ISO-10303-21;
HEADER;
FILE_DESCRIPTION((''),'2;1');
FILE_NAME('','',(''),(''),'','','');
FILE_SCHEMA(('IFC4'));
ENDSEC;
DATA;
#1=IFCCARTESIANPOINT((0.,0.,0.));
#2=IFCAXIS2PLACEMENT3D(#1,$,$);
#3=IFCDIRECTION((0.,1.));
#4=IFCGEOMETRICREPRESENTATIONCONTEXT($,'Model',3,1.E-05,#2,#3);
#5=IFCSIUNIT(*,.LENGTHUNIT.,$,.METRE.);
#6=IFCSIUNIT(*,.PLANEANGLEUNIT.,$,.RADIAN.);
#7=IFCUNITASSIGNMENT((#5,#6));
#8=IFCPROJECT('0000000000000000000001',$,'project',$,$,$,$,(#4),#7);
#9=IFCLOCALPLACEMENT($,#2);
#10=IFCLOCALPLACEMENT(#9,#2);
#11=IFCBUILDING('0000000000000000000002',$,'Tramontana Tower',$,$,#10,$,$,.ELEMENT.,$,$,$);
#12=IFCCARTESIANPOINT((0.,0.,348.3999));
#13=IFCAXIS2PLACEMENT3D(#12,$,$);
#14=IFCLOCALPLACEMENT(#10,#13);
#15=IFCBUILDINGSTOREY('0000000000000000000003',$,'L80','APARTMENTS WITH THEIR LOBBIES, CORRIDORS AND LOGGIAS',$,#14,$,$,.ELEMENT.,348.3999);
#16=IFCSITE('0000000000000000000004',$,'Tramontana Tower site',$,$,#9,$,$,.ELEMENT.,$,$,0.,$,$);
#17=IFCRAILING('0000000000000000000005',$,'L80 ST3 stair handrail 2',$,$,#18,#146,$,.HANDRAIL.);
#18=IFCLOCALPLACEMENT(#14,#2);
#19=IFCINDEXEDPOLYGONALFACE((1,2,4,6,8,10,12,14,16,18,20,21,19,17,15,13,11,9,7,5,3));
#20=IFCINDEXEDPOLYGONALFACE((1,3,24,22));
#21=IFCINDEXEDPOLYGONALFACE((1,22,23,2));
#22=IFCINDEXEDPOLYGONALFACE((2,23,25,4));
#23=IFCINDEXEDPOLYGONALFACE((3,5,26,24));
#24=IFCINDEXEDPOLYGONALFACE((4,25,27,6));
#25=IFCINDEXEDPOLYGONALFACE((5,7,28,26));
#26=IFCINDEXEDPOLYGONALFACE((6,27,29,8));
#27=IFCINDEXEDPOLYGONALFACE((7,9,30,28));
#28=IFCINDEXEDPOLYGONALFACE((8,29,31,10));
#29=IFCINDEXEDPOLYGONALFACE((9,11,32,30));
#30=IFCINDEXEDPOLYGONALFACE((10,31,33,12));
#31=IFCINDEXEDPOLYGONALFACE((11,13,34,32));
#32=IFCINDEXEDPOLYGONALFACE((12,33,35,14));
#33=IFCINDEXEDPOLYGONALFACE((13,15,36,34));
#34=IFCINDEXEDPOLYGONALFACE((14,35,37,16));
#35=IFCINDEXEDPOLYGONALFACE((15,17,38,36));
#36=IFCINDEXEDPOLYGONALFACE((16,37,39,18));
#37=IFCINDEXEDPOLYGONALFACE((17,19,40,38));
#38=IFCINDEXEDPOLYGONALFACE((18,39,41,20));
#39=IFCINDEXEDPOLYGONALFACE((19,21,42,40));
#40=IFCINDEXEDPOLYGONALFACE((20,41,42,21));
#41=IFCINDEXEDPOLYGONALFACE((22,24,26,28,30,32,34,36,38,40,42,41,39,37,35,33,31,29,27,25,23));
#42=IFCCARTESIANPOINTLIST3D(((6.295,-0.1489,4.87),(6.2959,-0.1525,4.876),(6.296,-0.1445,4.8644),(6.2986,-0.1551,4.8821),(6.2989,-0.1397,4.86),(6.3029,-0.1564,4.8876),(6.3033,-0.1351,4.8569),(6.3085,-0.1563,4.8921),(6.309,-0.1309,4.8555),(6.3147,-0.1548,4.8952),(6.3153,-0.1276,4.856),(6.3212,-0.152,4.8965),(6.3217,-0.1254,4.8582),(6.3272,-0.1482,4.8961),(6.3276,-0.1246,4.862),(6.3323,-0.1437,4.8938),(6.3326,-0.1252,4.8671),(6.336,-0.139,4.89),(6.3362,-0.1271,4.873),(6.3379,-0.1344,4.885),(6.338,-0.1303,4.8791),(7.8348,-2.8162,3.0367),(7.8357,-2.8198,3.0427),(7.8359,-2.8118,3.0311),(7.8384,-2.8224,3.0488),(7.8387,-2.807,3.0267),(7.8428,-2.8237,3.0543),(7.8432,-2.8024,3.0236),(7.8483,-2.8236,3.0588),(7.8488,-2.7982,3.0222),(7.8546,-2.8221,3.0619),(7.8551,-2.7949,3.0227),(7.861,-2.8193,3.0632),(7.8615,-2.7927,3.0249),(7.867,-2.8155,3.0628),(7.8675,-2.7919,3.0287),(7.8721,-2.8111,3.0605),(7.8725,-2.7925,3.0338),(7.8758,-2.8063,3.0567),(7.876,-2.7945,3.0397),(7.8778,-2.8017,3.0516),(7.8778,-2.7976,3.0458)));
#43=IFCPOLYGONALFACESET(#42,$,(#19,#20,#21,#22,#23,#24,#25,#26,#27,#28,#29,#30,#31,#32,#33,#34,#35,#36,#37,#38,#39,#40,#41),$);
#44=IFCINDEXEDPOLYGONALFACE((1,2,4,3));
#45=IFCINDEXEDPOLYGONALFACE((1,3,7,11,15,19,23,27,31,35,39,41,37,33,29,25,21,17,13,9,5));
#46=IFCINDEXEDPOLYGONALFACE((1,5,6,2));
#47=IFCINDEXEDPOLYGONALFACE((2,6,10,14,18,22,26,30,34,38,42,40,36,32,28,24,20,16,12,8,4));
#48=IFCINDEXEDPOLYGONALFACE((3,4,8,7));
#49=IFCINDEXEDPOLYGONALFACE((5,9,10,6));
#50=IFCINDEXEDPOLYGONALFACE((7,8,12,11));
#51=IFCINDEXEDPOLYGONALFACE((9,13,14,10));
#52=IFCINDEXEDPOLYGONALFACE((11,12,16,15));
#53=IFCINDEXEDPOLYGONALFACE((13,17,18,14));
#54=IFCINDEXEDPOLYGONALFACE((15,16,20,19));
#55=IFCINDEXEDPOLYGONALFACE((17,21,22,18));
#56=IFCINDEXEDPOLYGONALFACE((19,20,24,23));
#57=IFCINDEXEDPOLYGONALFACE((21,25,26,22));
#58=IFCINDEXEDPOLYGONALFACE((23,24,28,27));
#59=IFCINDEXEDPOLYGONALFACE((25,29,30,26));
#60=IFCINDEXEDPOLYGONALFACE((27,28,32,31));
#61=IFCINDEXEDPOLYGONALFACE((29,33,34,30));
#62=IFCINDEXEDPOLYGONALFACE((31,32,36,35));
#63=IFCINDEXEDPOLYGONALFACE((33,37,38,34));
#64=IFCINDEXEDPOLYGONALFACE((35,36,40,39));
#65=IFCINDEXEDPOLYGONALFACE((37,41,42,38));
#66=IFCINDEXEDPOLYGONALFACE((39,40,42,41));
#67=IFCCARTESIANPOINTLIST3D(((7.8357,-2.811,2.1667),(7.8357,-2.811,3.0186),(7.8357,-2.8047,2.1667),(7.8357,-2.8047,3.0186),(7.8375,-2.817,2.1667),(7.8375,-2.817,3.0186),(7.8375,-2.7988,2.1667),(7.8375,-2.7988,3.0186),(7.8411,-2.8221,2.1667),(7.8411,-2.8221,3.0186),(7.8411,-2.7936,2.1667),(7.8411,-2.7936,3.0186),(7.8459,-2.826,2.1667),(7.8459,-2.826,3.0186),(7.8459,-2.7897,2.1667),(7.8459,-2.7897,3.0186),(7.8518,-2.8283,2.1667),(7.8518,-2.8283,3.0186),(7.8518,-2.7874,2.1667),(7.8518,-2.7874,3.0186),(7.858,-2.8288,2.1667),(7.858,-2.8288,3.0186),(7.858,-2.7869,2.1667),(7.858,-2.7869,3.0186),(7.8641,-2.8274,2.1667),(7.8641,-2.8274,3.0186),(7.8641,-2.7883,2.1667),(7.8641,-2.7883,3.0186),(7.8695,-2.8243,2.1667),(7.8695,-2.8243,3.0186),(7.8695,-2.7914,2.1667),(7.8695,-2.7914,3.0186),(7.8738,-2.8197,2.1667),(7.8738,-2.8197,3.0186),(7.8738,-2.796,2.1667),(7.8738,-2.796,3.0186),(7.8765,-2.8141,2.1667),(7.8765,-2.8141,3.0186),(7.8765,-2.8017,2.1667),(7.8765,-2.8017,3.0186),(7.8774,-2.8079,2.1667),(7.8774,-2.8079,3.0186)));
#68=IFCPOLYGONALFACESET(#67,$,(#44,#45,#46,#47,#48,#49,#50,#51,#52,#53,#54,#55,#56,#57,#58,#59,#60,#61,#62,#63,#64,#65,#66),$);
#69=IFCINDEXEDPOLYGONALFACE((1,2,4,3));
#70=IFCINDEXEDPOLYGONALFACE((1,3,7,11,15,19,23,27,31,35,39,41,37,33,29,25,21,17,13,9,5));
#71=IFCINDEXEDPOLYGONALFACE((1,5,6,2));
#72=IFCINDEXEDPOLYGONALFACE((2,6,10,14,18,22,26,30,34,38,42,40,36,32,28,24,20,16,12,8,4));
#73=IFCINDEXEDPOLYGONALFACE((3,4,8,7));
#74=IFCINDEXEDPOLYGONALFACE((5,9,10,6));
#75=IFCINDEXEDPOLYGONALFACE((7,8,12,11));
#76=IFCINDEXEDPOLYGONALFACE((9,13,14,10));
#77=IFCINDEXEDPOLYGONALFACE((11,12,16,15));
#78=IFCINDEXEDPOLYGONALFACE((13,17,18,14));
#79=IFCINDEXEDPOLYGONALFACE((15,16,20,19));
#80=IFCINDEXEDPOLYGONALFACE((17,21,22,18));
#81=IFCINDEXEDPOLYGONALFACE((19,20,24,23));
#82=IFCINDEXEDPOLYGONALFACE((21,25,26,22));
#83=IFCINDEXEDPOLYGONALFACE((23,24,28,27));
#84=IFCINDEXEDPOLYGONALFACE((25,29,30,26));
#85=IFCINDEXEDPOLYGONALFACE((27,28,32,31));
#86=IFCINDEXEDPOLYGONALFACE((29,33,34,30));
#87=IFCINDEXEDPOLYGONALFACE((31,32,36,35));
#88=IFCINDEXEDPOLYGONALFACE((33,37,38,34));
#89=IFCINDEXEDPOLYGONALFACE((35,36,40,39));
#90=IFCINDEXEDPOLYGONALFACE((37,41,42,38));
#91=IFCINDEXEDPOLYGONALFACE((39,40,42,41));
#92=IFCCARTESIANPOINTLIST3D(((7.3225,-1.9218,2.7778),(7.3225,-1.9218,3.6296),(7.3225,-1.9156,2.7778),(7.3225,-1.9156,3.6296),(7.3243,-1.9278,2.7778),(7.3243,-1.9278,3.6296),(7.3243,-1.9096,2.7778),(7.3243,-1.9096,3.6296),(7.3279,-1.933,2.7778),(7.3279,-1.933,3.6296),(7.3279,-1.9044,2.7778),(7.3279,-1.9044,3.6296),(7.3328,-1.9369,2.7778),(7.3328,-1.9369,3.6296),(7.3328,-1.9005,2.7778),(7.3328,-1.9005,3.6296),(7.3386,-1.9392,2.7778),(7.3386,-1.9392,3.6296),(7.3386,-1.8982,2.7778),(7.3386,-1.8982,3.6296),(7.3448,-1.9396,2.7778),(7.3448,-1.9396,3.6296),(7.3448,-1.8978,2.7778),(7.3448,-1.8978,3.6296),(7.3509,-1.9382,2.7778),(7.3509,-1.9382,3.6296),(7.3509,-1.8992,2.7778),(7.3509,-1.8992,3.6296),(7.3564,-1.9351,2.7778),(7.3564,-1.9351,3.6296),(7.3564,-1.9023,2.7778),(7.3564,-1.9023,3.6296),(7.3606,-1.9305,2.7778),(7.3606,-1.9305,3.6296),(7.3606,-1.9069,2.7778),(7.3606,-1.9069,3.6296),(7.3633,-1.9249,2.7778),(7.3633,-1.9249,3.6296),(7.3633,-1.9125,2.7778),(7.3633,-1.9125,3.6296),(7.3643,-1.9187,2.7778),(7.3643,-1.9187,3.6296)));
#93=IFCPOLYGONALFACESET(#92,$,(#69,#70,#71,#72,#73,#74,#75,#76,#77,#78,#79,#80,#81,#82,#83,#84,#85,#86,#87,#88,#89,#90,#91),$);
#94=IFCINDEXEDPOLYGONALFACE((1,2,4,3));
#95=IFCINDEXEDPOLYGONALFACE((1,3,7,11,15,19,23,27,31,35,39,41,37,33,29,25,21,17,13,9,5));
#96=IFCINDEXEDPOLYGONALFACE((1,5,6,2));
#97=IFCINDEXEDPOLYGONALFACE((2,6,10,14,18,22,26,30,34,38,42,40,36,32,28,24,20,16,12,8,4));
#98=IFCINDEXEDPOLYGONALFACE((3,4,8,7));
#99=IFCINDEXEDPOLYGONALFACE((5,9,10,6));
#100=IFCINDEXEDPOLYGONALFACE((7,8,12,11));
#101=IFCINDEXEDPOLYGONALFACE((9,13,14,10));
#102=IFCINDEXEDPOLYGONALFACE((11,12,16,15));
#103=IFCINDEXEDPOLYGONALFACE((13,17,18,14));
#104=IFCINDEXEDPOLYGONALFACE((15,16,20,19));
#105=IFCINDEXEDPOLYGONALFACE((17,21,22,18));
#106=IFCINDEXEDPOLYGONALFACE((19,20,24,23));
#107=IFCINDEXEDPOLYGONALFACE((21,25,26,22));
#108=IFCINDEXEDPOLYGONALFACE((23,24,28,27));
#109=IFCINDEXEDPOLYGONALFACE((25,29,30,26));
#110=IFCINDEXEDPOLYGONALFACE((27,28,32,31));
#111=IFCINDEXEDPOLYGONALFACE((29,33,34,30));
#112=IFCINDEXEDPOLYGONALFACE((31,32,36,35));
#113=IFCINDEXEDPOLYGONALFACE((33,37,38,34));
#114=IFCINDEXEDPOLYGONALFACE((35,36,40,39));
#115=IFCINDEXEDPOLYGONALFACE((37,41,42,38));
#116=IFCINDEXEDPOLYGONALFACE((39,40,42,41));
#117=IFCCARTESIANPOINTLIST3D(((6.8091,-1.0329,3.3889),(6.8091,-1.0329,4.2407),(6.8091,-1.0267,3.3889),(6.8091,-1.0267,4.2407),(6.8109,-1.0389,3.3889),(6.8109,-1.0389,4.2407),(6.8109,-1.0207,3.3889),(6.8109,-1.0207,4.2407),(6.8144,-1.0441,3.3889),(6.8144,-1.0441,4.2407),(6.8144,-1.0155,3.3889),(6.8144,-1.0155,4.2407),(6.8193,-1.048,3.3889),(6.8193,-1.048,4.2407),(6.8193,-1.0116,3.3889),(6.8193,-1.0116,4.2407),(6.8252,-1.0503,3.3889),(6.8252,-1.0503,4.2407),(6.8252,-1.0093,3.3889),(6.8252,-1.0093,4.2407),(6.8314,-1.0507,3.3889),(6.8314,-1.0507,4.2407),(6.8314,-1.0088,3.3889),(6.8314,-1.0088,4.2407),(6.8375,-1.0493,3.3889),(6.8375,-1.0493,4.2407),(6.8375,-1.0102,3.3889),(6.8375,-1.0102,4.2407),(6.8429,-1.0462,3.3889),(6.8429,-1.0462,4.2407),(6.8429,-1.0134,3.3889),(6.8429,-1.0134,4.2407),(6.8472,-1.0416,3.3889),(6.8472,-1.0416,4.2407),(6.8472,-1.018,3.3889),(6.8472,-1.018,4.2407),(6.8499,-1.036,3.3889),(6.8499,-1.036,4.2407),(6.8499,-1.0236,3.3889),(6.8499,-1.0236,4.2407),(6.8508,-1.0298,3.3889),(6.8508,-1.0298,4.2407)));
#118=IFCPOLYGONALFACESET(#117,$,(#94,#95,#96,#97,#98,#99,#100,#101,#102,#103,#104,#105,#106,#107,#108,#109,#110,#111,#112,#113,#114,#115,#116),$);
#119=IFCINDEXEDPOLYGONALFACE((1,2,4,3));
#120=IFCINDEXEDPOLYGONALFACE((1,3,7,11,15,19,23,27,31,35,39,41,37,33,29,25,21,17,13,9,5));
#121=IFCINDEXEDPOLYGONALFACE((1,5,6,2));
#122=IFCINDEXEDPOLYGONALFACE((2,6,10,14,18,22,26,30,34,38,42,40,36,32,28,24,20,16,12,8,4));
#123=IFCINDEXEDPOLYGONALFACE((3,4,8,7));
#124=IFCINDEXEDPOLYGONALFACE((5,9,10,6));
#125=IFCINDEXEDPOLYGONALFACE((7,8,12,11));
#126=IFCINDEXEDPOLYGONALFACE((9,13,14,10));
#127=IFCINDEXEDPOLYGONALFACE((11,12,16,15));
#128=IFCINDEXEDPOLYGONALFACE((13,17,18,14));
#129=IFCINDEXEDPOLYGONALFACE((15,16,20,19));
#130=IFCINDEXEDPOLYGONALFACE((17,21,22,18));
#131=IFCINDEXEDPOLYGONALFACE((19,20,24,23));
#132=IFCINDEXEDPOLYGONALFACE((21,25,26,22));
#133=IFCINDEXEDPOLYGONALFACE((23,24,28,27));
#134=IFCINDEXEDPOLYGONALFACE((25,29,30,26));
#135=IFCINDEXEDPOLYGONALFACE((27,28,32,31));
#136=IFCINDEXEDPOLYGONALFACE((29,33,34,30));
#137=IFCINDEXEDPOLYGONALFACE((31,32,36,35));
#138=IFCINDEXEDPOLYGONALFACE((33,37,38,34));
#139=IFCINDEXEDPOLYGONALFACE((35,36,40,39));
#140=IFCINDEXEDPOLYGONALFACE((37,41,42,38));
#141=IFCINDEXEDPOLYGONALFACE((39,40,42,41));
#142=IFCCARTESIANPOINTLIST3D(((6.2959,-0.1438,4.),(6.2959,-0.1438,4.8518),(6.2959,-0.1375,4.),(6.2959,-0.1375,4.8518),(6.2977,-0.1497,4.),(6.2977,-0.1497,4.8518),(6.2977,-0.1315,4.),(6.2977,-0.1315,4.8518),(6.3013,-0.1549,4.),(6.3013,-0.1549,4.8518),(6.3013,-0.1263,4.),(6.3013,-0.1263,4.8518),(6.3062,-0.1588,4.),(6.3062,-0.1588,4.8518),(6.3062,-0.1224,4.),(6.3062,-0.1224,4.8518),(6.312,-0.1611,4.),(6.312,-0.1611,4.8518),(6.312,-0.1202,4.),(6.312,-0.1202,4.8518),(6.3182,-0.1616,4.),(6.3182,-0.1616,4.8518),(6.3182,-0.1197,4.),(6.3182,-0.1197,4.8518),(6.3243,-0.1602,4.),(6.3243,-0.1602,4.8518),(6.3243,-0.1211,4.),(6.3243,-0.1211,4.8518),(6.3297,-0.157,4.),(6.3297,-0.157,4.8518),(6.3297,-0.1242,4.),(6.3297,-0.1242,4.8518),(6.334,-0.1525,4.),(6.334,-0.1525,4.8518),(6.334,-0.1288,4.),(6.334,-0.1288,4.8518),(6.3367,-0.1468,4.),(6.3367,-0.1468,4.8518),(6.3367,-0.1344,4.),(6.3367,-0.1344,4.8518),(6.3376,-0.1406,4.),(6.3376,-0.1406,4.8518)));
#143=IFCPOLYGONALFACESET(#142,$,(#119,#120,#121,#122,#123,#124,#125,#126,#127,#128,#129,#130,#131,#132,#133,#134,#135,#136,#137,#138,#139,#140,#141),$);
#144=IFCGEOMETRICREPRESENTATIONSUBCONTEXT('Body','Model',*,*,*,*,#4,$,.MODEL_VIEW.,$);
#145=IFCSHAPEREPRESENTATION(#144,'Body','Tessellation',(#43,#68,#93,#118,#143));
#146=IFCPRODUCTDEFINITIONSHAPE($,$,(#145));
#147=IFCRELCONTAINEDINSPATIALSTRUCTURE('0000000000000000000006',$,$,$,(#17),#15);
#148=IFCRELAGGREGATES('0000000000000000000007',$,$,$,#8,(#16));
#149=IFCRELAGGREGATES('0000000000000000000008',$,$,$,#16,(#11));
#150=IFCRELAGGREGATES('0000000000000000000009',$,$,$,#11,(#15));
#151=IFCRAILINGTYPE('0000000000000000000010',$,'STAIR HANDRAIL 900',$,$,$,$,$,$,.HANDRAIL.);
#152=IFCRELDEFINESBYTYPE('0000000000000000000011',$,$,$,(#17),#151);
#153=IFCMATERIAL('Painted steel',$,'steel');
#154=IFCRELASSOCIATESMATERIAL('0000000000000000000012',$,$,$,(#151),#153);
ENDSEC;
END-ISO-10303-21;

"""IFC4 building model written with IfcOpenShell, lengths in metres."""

from ifc_helpers import new_model, si_unit, direction, frame, origin, origin_2d, place, context, subcontext, project, spatial, circle, extrude, material, type_object, element, save


model = new_model("IFC4")

# Units and contexts
model_context = context("Model", 3, precision=1e-05, world=origin(), true_north=direction((0.0, 1.0)))
body_context = subcontext(model_context, "Body", "Model", "MODEL_VIEW")
ifc_project = project(units=[si_unit("LENGTHUNIT", "METRE"), si_unit("PLANEANGLEUNIT", "RADIAN")], contexts=[model_context])

# Site, building, storey
site_placement = place(None, origin())
site = spatial("IfcSite", under=ifc_project, at=site_placement, Name="Tramontana Tower site", CompositionType="ELEMENT", RefElevation=0.0)
building_placement = place(site_placement, origin())
building = spatial("IfcBuilding", under=site, at=building_placement, Name="Tramontana Tower", CompositionType="ELEMENT")
storey_placement = place(building_placement, frame((0.0, 0.0, 348.3999)))
storey = spatial("IfcBuildingStorey", under=building, at=storey_placement, Name="L80", Description="APARTMENTS WITH THEIR LOBBIES, CORRIDORS AND LOGGIAS", CompositionType="ELEMENT", Elevation=348.3999)

# Railing
ifc_material_1 = material(Name="Painted steel", Category="steel")
railing_type_1 = type_object("IfcRailingType", Name="STAIR HANDRAIL 900", PredefinedType="HANDRAIL", material=ifc_material_1)
railing_1_placement = place(storey_placement, frame((7.8564, -2.8079, 2.1667)))
element("IfcRailing", 1, at=railing_1_placement, inside=storey, type_object=railing_type_1, Name="L80 ST3 stair handrail 2", PredefinedType="HANDRAIL", context=body_context, shape_type="SweptSolid", body=[
    extrude(circle(Radius=0.0239, at=origin_2d()), frame((0.0, 0.0, 0.876), z_axis=(-0.429616, 0.744181, 0.511493), x_axis=(-0.866044, -0.499967, 0.0)), (0.0, 0.0, 1.0), 3.5842),
    extrude(circle(Radius=0.021, at=origin_2d()), origin(), (0.0, 0.0, 1.0), 0.8518),
    extrude(circle(Radius=0.021, at=origin_2d()), frame((-0.5132, 0.8892, 0.6111)), (0.0, 0.0, 1.0), 0.8518),
    extrude(circle(Radius=0.021, at=origin_2d()), frame((-1.0266, 1.7781, 1.2222)), (0.0, 0.0, 1.0), 0.8518),
    extrude(circle(Radius=0.021, at=origin_2d()), frame((-1.5398, 2.6672, 1.8333)), (0.0, 0.0, 1.0), 0.8518),
])

save(model, "model.ifc")
